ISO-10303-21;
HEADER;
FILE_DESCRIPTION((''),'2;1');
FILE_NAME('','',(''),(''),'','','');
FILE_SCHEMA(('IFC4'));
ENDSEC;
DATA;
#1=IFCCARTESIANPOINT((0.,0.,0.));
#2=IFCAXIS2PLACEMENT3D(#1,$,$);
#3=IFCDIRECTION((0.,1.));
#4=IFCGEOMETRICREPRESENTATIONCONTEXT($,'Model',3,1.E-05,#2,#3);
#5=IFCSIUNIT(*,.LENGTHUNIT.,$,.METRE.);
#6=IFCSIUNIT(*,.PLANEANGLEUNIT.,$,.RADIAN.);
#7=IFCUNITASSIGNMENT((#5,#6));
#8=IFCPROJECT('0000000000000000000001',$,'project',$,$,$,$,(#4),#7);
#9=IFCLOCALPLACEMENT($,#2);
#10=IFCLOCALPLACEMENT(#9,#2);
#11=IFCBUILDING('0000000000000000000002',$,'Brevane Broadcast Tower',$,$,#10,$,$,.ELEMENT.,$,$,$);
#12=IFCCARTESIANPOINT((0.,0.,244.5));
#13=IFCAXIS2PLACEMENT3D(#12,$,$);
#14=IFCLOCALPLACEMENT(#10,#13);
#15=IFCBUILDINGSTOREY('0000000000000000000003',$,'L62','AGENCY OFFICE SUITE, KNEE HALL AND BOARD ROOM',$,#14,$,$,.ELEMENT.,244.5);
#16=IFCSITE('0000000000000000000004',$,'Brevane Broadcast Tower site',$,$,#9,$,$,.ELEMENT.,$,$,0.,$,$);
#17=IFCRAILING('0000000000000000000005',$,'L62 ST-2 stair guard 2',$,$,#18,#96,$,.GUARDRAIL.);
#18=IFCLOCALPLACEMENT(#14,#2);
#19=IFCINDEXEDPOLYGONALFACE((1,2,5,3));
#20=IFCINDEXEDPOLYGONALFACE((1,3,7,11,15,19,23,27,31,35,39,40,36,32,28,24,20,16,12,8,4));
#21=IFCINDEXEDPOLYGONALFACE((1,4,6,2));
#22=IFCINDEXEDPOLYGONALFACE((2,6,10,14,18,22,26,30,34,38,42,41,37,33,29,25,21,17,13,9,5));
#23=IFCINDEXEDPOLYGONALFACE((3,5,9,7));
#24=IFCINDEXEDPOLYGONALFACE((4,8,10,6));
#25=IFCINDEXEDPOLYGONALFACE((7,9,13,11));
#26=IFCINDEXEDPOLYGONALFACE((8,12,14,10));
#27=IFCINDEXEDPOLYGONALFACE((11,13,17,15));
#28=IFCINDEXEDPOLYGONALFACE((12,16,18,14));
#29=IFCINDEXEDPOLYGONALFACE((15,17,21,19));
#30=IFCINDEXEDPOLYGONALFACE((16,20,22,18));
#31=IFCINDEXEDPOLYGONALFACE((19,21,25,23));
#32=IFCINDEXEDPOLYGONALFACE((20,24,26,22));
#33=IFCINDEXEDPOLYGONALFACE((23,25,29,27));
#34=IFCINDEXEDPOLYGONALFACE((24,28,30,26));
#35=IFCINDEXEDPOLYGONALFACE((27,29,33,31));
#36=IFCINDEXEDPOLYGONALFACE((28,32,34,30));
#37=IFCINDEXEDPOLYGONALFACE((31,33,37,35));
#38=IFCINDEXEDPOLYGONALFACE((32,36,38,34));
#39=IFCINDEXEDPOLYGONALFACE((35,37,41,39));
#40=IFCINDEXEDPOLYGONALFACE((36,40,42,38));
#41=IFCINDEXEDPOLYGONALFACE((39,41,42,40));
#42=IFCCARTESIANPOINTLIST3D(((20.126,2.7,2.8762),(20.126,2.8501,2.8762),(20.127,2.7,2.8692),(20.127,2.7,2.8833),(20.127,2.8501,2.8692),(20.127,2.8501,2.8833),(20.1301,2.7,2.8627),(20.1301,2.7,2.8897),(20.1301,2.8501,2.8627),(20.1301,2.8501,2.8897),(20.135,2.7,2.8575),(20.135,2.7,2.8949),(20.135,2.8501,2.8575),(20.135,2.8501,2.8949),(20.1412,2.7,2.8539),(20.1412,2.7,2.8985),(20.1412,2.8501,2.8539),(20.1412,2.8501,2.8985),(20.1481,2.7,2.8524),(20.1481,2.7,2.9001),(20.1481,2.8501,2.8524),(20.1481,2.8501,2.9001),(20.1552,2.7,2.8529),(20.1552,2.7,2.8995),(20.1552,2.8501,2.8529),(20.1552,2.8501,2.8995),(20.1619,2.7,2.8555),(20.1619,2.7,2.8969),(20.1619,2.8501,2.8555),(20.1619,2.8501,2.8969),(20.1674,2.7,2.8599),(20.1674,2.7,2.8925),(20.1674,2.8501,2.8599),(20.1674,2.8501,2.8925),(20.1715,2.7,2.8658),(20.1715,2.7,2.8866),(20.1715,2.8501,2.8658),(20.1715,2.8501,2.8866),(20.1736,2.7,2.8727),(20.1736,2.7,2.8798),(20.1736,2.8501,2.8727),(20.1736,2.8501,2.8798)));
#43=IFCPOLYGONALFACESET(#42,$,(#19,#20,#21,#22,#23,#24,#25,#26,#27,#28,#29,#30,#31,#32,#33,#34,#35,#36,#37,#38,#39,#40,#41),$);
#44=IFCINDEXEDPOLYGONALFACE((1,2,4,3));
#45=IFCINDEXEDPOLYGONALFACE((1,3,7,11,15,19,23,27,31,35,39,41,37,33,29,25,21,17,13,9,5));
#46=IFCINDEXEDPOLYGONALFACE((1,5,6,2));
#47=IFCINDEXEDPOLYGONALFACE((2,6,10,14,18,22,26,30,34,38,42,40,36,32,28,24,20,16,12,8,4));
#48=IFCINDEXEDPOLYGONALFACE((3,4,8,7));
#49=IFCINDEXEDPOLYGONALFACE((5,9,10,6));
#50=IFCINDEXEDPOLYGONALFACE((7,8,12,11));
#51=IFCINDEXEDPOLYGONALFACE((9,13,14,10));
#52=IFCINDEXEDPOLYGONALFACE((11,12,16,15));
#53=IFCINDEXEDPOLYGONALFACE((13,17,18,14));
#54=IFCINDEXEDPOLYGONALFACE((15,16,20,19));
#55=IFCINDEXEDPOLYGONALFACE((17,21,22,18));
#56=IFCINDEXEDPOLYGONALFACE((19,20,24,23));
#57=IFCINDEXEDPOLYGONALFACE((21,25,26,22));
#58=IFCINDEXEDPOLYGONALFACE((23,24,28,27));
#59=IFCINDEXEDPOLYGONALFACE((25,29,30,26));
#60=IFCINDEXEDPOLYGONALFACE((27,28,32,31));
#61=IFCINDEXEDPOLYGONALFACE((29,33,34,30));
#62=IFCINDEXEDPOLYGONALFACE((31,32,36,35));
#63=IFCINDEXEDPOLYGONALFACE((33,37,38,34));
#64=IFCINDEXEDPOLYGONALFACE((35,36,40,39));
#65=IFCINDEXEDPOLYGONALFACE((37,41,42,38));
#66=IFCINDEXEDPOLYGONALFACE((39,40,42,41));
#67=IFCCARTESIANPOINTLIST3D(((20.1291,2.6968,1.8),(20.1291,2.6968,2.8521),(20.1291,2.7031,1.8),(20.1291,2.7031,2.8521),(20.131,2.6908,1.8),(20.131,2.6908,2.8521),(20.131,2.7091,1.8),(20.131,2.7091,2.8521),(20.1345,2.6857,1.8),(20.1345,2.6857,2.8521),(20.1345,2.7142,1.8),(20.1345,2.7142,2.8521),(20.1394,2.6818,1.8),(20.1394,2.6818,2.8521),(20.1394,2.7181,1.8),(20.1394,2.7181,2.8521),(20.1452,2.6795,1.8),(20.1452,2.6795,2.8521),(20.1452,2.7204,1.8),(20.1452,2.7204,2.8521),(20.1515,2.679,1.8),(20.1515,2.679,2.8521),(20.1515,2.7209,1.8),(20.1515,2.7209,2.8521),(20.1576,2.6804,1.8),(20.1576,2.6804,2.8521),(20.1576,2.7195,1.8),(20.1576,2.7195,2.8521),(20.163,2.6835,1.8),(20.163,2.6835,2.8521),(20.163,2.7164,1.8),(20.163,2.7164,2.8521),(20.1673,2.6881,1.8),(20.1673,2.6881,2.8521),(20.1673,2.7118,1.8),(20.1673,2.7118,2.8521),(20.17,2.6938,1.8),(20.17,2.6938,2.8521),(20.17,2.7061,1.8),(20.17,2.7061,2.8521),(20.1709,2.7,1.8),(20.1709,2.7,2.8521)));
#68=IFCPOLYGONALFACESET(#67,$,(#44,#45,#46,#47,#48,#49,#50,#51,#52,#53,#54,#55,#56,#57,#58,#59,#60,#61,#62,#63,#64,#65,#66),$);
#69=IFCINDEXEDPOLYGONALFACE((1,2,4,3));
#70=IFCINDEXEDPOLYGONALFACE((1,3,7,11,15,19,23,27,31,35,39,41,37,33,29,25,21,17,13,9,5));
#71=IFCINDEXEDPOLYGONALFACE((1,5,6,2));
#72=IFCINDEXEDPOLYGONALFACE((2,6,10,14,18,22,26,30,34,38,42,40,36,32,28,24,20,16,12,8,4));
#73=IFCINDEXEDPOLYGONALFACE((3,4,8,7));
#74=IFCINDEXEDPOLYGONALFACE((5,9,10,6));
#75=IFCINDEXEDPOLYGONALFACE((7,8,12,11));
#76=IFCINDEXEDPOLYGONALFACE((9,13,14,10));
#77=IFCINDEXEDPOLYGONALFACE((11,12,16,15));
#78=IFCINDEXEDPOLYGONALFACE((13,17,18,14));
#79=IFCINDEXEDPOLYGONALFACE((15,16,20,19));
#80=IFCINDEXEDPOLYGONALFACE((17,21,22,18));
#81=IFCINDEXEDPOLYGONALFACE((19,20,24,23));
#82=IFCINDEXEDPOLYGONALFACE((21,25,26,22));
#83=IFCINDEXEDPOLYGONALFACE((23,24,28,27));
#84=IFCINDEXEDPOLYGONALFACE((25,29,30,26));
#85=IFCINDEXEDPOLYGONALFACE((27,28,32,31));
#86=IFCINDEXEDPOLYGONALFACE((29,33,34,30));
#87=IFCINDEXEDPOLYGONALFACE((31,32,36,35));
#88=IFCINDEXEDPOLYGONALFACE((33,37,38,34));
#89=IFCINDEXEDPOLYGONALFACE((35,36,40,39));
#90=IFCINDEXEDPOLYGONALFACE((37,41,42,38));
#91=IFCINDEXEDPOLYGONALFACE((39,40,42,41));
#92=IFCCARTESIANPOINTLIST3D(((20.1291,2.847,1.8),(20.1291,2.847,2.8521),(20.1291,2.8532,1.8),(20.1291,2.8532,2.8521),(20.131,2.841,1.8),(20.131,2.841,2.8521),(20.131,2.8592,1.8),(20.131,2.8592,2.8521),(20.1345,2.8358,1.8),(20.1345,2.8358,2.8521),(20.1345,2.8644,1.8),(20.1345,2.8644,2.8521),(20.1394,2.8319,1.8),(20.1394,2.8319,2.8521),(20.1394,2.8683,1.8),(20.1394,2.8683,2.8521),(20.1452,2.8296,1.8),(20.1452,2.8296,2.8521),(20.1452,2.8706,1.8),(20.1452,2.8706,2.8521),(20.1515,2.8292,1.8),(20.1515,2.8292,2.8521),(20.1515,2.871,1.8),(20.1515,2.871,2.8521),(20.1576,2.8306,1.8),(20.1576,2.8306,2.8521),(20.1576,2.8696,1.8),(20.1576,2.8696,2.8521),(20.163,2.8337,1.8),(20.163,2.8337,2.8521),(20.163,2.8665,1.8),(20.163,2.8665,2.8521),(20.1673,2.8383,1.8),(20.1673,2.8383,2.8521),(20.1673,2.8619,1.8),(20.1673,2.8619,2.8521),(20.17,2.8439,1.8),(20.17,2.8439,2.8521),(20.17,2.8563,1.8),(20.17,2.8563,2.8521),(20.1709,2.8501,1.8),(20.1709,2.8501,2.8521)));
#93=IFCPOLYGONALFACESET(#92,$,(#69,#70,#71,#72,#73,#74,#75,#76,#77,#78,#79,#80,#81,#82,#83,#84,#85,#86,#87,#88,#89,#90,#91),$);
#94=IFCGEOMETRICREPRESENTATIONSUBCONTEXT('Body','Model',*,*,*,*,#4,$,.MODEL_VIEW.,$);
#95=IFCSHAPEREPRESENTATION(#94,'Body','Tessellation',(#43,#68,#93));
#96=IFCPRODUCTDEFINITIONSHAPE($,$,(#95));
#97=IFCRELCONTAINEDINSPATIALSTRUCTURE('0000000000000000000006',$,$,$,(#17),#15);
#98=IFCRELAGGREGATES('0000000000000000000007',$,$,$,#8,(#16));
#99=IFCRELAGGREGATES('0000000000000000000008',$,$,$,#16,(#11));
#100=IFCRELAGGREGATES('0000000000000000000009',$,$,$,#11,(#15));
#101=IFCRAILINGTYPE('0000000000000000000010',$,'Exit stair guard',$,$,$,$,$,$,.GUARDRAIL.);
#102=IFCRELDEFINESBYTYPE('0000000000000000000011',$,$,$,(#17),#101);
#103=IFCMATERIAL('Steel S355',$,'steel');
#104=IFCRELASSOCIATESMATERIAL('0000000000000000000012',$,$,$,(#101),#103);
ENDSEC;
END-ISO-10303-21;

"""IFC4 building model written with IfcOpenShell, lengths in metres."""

from ifc_helpers import new_model, si_unit, direction, frame, origin, origin_2d, place, context, subcontext, project, spatial, circle, extrude, material, type_object, element, save


model = new_model("IFC4")

# Units and contexts
model_context = context("Model", 3, precision=1e-05, world=origin(), true_north=direction((0.0, 1.0)))
body_context = subcontext(model_context, "Body", "Model", "MODEL_VIEW")
ifc_project = project(units=[si_unit("LENGTHUNIT", "METRE"), si_unit("PLANEANGLEUNIT", "RADIAN")], contexts=[model_context])

# Site, building, storey
site_placement = place(None, origin())
site = spatial("IfcSite", under=ifc_project, at=site_placement, Name="Brevane Broadcast Tower site", CompositionType="ELEMENT", RefElevation=0.0)
building_placement = place(site_placement, origin())
building = spatial("IfcBuilding", under=site, at=building_placement, Name="Brevane Broadcast Tower", CompositionType="ELEMENT")
storey_placement = place(building_placement, frame((0.0, 0.0, 244.5)))
storey = spatial("IfcBuildingStorey", under=building, at=storey_placement, Name="L62", Description="AGENCY OFFICE SUITE, KNEE HALL AND BOARD ROOM", CompositionType="ELEMENT", Elevation=244.5)

# Railing
ifc_material_1 = material(Name="Steel S355", Category="steel")
railing_type_1 = type_object("IfcRailingType", Name="Exit stair guard", PredefinedType="GUARDRAIL", material=ifc_material_1)
railing_1_placement = place(storey_placement, frame((20.1499, 2.7, 1.8)))
element("IfcRailing", 1, at=railing_1_placement, inside=storey, type_object=railing_type_1, Name="L62 ST-2 stair guard 2", PredefinedType="GUARDRAIL", context=body_context, shape_type="SweptSolid", body=[
    extrude(circle(Radius=0.0239, at=origin_2d()), frame((0.0, 0.0, 1.0762), z_axis=(0.0, 1.0, 0.0), x_axis=(-1.0, 0.0, 0.0)), (0.0, 0.0, 1.0), 0.1501),
    extrude(circle(Radius=0.021, at=origin_2d()), origin(), (0.0, 0.0, 1.0), 1.052),
    extrude(circle(Radius=0.021, at=origin_2d()), frame((0.0, 0.1501, 0.0)), (0.0, 0.0, 1.0), 1.052),
])

save(model, "model.ifc")
